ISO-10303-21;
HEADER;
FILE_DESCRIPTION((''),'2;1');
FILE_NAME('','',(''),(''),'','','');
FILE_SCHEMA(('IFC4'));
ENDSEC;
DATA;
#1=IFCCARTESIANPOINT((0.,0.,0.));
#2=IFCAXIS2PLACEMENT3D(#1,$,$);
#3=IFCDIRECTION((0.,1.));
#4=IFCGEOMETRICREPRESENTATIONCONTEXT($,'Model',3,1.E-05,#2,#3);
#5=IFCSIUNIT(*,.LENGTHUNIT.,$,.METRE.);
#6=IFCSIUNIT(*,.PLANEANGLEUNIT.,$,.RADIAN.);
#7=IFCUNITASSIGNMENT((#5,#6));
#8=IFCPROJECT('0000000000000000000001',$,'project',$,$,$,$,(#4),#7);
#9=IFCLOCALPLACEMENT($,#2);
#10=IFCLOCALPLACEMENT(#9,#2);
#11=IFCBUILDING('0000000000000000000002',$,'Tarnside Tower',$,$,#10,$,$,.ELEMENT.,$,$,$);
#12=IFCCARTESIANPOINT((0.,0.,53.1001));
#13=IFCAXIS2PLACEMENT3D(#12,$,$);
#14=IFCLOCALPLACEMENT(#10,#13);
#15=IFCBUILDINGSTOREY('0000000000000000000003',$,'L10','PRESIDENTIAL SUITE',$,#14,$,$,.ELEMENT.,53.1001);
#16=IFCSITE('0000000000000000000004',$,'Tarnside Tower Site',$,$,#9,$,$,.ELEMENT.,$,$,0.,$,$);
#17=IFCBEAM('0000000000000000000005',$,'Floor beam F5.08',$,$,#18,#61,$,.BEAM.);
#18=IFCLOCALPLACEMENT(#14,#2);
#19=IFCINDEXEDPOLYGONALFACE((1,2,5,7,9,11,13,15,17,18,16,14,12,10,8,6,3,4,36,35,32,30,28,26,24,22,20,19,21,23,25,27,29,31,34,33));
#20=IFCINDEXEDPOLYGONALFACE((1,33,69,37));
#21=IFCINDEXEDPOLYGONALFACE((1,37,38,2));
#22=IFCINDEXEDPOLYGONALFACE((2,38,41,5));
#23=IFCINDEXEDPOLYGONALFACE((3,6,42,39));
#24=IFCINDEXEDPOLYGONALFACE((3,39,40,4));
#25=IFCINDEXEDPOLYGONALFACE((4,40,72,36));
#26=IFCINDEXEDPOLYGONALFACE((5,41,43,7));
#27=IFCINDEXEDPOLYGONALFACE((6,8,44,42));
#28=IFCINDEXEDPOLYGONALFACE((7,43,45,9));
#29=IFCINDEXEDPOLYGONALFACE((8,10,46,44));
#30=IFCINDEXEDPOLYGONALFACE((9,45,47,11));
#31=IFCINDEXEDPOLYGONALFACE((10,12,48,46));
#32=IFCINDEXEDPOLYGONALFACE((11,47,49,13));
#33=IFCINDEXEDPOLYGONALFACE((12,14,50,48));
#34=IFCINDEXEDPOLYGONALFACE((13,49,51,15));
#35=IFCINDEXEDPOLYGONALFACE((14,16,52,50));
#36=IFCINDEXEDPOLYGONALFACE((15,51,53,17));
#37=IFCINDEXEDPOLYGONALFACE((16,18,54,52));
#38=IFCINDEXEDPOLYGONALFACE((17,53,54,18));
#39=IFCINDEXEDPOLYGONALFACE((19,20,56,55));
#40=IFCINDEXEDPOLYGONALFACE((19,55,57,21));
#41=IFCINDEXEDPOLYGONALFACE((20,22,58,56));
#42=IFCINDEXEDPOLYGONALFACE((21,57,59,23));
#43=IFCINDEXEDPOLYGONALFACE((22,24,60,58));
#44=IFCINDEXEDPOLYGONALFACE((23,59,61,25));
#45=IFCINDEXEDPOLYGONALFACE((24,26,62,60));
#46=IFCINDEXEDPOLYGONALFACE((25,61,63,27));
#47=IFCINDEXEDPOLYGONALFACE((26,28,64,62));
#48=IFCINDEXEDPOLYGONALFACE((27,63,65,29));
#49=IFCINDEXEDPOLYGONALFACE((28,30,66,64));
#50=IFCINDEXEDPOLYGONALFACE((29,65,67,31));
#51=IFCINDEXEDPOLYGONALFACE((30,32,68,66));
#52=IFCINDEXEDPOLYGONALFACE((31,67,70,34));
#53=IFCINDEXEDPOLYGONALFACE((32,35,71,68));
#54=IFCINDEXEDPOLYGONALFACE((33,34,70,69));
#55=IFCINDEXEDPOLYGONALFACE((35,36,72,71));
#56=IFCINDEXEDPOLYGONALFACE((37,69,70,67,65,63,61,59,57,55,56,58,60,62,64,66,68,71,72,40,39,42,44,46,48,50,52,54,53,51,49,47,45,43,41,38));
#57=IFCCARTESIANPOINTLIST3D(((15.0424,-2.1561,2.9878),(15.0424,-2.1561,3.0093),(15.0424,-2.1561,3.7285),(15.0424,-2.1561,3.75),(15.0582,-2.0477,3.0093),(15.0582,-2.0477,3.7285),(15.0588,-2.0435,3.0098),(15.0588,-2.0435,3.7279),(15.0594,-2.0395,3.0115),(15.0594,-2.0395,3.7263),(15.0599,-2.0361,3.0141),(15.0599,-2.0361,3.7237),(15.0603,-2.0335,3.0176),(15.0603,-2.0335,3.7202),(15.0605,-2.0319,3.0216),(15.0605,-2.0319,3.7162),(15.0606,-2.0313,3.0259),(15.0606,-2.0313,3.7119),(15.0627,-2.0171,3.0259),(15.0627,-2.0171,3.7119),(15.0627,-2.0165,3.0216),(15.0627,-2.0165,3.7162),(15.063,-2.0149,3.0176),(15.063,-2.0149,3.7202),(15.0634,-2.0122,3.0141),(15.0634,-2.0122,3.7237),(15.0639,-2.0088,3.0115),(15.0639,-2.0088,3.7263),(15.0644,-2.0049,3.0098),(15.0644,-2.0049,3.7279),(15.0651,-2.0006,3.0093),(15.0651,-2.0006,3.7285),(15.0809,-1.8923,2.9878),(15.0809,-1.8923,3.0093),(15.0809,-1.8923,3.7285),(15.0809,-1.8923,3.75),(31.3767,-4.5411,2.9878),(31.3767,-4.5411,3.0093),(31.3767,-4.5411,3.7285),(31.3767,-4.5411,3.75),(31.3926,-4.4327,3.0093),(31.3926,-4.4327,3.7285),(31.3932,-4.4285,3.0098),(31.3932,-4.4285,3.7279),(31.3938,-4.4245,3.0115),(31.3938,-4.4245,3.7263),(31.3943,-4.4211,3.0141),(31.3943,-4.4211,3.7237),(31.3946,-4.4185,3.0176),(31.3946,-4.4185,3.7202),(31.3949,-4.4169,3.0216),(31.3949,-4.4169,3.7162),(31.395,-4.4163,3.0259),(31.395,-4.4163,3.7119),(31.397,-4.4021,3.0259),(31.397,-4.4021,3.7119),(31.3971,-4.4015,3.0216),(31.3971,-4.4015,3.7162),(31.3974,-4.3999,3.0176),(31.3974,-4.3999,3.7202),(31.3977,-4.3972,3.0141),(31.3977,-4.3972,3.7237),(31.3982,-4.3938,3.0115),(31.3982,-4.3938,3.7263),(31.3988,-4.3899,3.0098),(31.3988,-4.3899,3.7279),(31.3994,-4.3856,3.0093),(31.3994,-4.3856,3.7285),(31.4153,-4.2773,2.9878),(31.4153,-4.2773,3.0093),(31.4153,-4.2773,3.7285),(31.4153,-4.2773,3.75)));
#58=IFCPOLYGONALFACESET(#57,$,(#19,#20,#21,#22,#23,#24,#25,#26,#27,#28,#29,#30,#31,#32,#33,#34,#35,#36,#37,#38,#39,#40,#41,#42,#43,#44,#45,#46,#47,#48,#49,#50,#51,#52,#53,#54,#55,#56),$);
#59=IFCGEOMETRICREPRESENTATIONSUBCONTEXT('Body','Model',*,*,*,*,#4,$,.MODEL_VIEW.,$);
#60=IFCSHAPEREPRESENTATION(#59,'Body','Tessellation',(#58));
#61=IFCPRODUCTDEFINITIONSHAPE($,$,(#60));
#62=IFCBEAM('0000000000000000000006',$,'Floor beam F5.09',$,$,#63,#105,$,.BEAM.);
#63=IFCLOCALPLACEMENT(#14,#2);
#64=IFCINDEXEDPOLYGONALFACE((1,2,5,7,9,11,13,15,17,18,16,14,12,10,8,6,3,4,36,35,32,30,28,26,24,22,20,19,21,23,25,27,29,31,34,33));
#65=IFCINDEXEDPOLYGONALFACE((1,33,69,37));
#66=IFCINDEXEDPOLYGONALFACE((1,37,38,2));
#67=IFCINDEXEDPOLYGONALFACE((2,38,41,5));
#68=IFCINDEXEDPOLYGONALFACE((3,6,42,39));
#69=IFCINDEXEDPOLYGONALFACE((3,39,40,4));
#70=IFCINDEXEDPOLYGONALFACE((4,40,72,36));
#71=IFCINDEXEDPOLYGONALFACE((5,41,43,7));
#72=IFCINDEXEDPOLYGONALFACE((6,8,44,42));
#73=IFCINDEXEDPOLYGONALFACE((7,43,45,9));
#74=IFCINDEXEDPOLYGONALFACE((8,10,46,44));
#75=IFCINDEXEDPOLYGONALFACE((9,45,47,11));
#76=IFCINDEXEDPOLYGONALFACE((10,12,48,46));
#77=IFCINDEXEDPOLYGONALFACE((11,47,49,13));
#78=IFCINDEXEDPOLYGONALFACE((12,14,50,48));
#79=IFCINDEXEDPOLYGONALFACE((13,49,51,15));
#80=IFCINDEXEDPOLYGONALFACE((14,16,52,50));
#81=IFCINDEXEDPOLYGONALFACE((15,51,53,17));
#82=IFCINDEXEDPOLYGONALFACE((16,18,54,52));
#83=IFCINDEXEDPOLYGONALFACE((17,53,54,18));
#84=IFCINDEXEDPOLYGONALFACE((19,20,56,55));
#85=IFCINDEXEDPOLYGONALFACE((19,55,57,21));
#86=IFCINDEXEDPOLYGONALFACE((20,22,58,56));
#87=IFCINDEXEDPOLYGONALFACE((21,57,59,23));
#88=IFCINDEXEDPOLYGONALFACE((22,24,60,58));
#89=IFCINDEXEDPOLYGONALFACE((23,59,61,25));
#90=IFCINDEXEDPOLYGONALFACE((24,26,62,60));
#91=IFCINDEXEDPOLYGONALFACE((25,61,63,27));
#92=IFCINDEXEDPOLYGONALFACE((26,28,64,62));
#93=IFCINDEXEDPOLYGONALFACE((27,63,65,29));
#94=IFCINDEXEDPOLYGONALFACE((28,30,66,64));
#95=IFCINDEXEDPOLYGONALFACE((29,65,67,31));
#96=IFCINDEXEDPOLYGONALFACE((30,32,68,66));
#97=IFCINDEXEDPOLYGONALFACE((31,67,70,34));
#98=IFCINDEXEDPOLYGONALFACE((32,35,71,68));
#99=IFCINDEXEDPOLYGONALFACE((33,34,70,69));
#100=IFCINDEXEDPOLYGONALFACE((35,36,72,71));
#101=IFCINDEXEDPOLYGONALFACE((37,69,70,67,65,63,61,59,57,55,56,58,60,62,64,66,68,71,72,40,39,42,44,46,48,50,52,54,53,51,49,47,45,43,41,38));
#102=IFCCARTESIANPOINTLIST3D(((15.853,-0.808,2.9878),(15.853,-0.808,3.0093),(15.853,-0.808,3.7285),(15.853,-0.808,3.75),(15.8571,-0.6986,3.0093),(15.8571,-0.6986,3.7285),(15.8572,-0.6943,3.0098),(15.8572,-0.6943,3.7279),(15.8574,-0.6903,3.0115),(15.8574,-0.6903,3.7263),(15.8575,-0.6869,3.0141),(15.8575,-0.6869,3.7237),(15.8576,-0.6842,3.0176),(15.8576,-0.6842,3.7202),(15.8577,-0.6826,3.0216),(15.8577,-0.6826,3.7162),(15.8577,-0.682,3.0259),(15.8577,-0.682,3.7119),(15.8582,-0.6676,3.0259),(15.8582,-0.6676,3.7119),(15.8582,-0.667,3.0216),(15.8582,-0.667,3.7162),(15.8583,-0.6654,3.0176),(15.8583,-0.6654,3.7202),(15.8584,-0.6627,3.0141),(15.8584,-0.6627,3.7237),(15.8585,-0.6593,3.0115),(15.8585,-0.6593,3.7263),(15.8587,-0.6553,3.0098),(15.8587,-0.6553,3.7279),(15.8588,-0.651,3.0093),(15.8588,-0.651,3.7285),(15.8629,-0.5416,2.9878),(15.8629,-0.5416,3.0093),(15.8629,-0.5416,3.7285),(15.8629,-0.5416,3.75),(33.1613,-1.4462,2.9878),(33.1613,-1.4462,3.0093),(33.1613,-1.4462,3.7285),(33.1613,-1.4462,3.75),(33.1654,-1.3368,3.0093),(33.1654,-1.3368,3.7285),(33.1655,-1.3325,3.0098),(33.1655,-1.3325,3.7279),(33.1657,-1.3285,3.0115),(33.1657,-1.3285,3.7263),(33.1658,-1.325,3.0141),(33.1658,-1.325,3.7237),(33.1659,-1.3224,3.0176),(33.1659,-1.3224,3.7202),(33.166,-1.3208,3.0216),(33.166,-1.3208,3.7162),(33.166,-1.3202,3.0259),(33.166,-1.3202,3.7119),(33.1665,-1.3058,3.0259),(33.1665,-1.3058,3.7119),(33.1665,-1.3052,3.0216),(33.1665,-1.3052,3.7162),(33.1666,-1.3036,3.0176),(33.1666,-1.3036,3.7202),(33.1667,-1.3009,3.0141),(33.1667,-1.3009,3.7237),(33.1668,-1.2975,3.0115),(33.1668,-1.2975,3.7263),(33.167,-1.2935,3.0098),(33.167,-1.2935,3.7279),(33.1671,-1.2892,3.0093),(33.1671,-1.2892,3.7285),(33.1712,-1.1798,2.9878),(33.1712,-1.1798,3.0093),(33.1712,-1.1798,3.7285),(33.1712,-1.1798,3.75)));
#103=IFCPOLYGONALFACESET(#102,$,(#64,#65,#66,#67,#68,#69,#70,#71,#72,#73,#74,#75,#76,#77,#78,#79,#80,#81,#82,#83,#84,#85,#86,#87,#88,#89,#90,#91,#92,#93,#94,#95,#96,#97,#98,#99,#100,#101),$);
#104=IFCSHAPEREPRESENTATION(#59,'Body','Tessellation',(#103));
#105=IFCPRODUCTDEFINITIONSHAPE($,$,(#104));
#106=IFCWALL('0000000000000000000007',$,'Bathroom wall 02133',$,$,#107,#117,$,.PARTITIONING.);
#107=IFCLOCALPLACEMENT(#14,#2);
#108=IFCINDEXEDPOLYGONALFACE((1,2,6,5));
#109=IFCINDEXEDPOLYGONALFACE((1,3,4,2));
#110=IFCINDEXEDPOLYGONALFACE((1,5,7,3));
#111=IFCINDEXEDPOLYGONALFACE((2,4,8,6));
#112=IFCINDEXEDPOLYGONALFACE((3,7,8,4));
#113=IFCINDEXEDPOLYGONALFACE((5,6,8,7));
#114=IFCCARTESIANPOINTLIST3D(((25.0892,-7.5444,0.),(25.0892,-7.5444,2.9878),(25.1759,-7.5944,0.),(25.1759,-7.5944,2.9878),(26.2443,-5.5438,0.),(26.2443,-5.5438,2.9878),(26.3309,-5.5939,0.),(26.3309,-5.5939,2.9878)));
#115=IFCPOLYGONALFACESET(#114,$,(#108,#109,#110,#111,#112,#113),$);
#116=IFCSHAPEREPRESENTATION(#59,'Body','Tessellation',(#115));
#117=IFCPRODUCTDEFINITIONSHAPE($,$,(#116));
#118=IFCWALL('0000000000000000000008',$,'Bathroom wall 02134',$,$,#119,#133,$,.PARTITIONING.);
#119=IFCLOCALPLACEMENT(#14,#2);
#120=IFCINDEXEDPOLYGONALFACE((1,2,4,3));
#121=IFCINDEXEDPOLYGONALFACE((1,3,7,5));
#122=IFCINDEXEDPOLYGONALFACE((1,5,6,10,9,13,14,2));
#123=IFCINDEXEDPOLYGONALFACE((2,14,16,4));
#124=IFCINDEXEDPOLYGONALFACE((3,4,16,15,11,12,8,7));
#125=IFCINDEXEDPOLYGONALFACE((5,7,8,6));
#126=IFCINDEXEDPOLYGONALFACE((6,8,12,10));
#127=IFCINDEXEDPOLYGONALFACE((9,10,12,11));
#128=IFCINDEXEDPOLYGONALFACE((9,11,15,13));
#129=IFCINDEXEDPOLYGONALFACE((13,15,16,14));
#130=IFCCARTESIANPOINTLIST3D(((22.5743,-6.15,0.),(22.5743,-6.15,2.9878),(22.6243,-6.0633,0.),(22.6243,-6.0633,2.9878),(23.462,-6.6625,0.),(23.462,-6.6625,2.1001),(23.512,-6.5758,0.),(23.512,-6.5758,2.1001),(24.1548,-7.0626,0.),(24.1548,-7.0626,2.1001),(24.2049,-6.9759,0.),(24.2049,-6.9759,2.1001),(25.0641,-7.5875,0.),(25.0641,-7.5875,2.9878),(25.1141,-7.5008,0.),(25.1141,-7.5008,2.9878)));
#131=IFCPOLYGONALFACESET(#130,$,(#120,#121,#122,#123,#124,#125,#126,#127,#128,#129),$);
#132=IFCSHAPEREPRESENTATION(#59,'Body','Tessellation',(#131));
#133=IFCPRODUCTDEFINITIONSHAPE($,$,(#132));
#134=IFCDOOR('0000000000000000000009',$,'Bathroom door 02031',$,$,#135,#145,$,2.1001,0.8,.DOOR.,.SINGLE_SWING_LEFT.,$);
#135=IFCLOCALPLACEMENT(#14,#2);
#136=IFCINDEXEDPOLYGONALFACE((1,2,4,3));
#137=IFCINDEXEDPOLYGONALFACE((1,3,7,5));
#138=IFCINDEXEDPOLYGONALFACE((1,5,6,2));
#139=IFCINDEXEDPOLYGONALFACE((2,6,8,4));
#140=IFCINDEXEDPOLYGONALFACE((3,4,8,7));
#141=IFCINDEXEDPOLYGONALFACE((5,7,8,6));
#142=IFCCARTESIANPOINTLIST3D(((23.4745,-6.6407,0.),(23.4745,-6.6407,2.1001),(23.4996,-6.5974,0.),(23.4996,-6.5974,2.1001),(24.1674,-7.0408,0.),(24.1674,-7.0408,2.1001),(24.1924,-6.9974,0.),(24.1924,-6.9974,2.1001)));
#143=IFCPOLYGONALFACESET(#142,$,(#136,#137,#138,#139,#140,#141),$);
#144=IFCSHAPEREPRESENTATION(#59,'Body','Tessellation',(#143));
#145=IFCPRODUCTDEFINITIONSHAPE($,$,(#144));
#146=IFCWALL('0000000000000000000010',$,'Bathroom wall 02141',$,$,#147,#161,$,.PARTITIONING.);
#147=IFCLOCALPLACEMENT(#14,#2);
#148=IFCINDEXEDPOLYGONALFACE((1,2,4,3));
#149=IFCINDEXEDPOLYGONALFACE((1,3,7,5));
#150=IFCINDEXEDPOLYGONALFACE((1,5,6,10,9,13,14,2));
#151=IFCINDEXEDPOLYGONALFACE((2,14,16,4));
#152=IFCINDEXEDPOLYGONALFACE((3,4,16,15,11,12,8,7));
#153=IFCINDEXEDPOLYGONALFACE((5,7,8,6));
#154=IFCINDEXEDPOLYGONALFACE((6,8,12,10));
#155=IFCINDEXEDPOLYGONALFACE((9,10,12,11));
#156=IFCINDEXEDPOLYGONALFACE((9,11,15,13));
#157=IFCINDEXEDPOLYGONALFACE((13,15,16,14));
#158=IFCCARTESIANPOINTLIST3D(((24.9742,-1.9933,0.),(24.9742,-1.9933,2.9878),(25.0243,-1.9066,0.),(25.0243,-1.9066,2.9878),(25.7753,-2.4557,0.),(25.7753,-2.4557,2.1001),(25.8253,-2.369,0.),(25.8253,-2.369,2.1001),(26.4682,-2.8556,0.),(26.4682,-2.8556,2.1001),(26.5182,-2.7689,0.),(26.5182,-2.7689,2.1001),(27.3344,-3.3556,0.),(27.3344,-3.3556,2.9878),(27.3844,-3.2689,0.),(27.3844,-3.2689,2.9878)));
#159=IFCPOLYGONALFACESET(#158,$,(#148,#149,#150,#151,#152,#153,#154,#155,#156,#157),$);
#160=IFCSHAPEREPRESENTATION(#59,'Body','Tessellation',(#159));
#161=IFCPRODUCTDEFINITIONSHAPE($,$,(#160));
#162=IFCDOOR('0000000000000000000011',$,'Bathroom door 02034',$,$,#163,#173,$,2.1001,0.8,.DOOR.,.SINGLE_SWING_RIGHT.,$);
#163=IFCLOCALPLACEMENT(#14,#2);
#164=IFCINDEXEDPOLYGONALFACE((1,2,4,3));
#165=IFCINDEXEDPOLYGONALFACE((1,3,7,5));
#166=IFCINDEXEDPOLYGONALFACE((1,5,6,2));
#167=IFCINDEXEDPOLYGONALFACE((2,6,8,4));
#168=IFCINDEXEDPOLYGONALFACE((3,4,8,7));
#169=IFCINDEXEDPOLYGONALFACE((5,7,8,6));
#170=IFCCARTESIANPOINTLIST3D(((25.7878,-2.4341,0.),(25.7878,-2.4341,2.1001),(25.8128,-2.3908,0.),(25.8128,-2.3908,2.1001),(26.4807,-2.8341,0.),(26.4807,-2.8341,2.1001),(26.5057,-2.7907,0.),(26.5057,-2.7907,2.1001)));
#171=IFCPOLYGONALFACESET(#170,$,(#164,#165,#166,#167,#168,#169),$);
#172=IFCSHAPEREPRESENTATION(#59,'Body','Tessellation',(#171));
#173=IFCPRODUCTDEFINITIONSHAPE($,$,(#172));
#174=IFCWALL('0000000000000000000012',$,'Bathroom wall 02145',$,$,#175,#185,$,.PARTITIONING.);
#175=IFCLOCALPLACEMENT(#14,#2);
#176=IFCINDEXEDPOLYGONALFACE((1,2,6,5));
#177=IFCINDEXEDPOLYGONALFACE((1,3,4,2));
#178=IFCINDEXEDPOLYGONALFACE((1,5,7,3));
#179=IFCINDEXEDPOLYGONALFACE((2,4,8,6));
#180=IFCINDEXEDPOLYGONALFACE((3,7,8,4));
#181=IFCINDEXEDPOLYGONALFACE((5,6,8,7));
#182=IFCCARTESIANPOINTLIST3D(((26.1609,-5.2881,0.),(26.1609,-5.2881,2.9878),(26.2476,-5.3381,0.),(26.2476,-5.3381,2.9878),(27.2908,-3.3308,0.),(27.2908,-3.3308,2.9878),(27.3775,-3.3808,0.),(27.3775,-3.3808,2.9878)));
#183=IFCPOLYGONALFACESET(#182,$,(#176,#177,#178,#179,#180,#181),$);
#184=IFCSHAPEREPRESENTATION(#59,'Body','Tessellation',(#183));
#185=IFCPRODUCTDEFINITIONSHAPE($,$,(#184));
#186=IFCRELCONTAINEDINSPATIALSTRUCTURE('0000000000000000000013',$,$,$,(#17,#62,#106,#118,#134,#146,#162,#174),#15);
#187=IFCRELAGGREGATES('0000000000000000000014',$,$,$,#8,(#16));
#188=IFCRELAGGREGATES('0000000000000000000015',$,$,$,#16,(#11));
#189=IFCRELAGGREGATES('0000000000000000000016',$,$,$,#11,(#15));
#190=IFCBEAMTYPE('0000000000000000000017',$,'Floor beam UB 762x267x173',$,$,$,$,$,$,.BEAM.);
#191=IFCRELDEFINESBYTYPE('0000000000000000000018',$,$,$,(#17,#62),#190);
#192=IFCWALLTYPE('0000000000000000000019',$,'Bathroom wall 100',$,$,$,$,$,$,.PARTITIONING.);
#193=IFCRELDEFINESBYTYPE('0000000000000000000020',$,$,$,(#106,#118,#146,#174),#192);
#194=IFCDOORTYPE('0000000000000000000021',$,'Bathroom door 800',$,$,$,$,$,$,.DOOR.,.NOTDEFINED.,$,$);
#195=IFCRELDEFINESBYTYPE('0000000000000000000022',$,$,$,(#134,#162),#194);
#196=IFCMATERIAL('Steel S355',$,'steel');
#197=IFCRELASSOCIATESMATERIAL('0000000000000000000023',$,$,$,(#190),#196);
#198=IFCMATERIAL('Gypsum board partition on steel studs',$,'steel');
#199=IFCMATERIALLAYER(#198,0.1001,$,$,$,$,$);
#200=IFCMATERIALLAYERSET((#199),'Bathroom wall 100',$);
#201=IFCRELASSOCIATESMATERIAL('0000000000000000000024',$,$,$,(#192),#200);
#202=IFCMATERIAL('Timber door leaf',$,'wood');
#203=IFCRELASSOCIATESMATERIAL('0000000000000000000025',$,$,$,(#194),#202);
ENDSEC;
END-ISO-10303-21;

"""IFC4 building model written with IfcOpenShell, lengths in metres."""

from ifc_helpers import new_model, si_unit, direction, frame, frame_2d, origin, origin_2d, place, context, subcontext, project, spatial, rectangle, i_section, extrude, material, layer, layer_set, material_profile, profile_set, type_object, element, fill, save


model = new_model("IFC4")

# Units and contexts
model_context = context("Model", 3, precision=1e-05, world=origin(), true_north=direction((0.0, 1.0)))
body_context = subcontext(model_context, "Body", "Model", "MODEL_VIEW")
ifc_project = project(units=[si_unit("LENGTHUNIT", "METRE"), si_unit("PLANEANGLEUNIT", "RADIAN")], contexts=[model_context])

# Site, building, storey
site_placement = place(None, origin())
site = spatial("IfcSite", under=ifc_project, at=site_placement, Name="Tarnside Tower Site", CompositionType="ELEMENT", RefElevation=0.0)
building_placement = place(site_placement, origin())
building = spatial("IfcBuilding", under=site, at=building_placement, Name="Tarnside Tower", CompositionType="ELEMENT")
storey_placement = place(building_placement, frame((0.0, 0.0, 53.1001)))
storey = spatial("IfcBuildingStorey", under=building, at=storey_placement, Name="L10", Description="PRESIDENTIAL SUITE", CompositionType="ELEMENT", Elevation=53.1001)

# Beams
ifc_material_1 = material(Name="Steel S355", Category="steel")
ifc_material_profile_1 = material_profile(ifc_material_1, i_section(OverallWidth=0.2666, OverallDepth=0.7622, WebThickness=0.0144, FlangeThickness=0.0215, FilletRadius=0.0166, at=origin_2d()), Name="UB 762x267x173")
ifc_profile_set_1 = profile_set([ifc_material_profile_1], Name="Steel S355")
beam_type_1 = type_object("IfcBeamType", Name="Floor beam UB 762x267x173", PredefinedType="BEAM", material=ifc_profile_set_1)
beam_1_placement = place(storey_placement, frame((31.396, -4.4092, 3.3689), z_axis=(-0.989508, 0.144479, 0.0), x_axis=(-0.144479, -0.989508, 0.0)))
element("IfcBeam", 1, at=beam_1_placement, inside=storey, type_object=beam_type_1, Name="Floor beam F5.08", PredefinedType="BEAM", context=body_context, shape_type="SweptSolid", body=[
    extrude(i_section(OverallWidth=0.2666, OverallDepth=0.7622, WebThickness=0.0144, FlangeThickness=0.0215, FilletRadius=0.0166, at=origin_2d()), origin(), (0.0, 0.0, 1.0), 16.5076),
])
beam_2_placement = place(storey_placement, frame((33.1663, -1.313, 3.3689), z_axis=(-0.999321, 0.036846, 0.0), x_axis=(-0.036846, -0.999321, 0.0)))
element("IfcBeam", 2, at=beam_2_placement, inside=storey, type_object=beam_type_1, Name="Floor beam F5.09", PredefinedType="BEAM", context=body_context, shape_type="SweptSolid", body=[
    extrude(i_section(OverallWidth=0.2666, OverallDepth=0.7622, WebThickness=0.0144, FlangeThickness=0.0215, FilletRadius=0.0166, at=origin_2d()), origin(), (0.0, 0.0, 1.0), 17.3201),
])

# Wall
ifc_material_2 = material(Name="Gypsum board partition on steel studs", Category="steel")
ifc_layer_1 = layer(ifc_material_2, 0.1001)
ifc_layer_set_1 = layer_set([ifc_layer_1], Name="Bathroom wall 100")
wall_type_1 = type_object("IfcWallType", Name="Bathroom wall 100", PredefinedType="PARTITIONING", material=ifc_layer_set_1)
wall_1_placement = place(storey_placement, frame((26.2876, -5.5688, 0.0), z_axis=(0.0, 0.0, 1.0), x_axis=(-0.500015, -0.866017, 0.0)))
element("IfcWall", 3, at=wall_1_placement, inside=storey, type_object=wall_type_1, Name="Bathroom wall 02133", PredefinedType="PARTITIONING", context=body_context, shape_type="SweptSolid", body=[
    extrude(rectangle(XDim=2.3101, YDim=0.1001, at=frame_2d((1.155, 0.0))), origin(), (0.0, 0.0, 1.0), 2.9878),
])

# Walls, openings, doors
wall_2_placement = place(storey_placement, frame((25.0891, -7.5442, 0.0), z_axis=(0.0, 0.0, 1.0), x_axis=(-0.866019, 0.500012, 0.0)))
wall_2 = element("IfcWall", 4, at=wall_2_placement, inside=storey, type_object=wall_type_1, Name="Bathroom wall 02134", PredefinedType="PARTITIONING", context=body_context, shape_type="SweptSolid", body=[
    extrude(rectangle(XDim=2.875, YDim=0.1001, at=frame_2d((1.4375, 0.0))), origin(), (0.0, 0.0, 1.0), 2.9878),
])
opening_1_placement = place(wall_2_placement, frame((1.05, 0.0, 0.0)))
opening_1 = element("IfcOpeningElement", 5, at=opening_1_placement, cuts=wall_2, PredefinedType="OPENING", context=body_context, shape_type="SweptSolid", body=[
    extrude(rectangle(XDim=0.8, YDim=2.1001, at=frame_2d((0.3999, 1.05))), frame((0.0, 0.0601, 0.0), z_axis=(0.0, -1.0, 0.0), x_axis=(1.0, 0.0, 0.0)), (0.0, 0.0, 1.0), 0.1201),
])
ifc_material_3 = material(Name="Timber door leaf", Category="wood")
door_type_1 = type_object("IfcDoorType", Name="Bathroom door 800", OperationType="NOTDEFINED", PredefinedType="DOOR", material=ifc_material_3)
door_1_placement = place(opening_1_placement, origin())
door_1 = element("IfcDoor", 6, at=door_1_placement, inside=storey, type_object=door_type_1, Name="Bathroom door 02031", OperationType="SINGLE_SWING_LEFT", OverallHeight=2.1001, OverallWidth=0.8, PredefinedType="DOOR", context=body_context, shape_type="SweptSolid", body=[
    extrude(rectangle(XDim=0.8, YDim=2.1001, at=frame_2d((0.3999, 1.05))), frame((0.0, 0.0249, 0.0), z_axis=(0.0, -1.0, 0.0), x_axis=(1.0, 0.0, 0.0)), (0.0, 0.0, 1.0), 0.05),
])
fill(opening_1, door_1)
wall_3_placement = place(storey_placement, frame((24.9993, -1.95, 0.0), z_axis=(0.0, 0.0, 1.0), x_axis=(0.866074, -0.499916, 0.0)))
wall_3 = element("IfcWall", 7, at=wall_3_placement, inside=storey, type_object=wall_type_1, Name="Bathroom wall 02141", PredefinedType="PARTITIONING", context=body_context, shape_type="SweptSolid", body=[
    extrude(rectangle(XDim=2.7251, YDim=0.1001, at=frame_2d((1.3625, 0.0))), origin(), (0.0, 0.0, 1.0), 2.9878),
])
opening_2_placement = place(wall_3_placement, frame((0.925, 0.0, 0.0)))
opening_2 = element("IfcOpeningElement", 8, at=opening_2_placement, cuts=wall_3, PredefinedType="OPENING", context=body_context, shape_type="SweptSolid", body=[
    extrude(rectangle(XDim=0.8, YDim=2.1001, at=frame_2d((0.3999, 1.05))), frame((0.0, 0.0601, 0.0), z_axis=(0.0, -1.0, 0.0), x_axis=(1.0, 0.0, 0.0)), (0.0, 0.0, 1.0), 0.1201),
])
door_2_placement = place(opening_2_placement, origin())
door_2 = element("IfcDoor", 9, at=door_2_placement, inside=storey, type_object=door_type_1, Name="Bathroom door 02034", OperationType="SINGLE_SWING_RIGHT", OverallHeight=2.1001, OverallWidth=0.8, PredefinedType="DOOR", context=body_context, shape_type="SweptSolid", body=[
    extrude(rectangle(XDim=0.8, YDim=2.1001, at=frame_2d((0.3999, 1.05))), frame((0.0, 0.0249, 0.0), z_axis=(0.0, -1.0, 0.0), x_axis=(1.0, 0.0, 0.0)), (0.0, 0.0, 1.0), 0.05),
])
fill(opening_2, door_2)

# Wall
wall_4_placement = place(storey_placement, frame((26.2043, -5.313, 0.0), z_axis=(0.0, 0.0, 1.0), x_axis=(0.49995, 0.866054, 0.0)))
element("IfcWall", 10, at=wall_4_placement, inside=storey, type_object=wall_type_1, Name="Bathroom wall 02145", PredefinedType="PARTITIONING", context=body_context, shape_type="SweptSolid", body=[
    extrude(rectangle(XDim=2.26, YDim=0.1001, at=frame_2d((1.1299, 0.0))), origin(), (0.0, 0.0, 1.0), 2.9878),
])

save(model, "model.ifc")
